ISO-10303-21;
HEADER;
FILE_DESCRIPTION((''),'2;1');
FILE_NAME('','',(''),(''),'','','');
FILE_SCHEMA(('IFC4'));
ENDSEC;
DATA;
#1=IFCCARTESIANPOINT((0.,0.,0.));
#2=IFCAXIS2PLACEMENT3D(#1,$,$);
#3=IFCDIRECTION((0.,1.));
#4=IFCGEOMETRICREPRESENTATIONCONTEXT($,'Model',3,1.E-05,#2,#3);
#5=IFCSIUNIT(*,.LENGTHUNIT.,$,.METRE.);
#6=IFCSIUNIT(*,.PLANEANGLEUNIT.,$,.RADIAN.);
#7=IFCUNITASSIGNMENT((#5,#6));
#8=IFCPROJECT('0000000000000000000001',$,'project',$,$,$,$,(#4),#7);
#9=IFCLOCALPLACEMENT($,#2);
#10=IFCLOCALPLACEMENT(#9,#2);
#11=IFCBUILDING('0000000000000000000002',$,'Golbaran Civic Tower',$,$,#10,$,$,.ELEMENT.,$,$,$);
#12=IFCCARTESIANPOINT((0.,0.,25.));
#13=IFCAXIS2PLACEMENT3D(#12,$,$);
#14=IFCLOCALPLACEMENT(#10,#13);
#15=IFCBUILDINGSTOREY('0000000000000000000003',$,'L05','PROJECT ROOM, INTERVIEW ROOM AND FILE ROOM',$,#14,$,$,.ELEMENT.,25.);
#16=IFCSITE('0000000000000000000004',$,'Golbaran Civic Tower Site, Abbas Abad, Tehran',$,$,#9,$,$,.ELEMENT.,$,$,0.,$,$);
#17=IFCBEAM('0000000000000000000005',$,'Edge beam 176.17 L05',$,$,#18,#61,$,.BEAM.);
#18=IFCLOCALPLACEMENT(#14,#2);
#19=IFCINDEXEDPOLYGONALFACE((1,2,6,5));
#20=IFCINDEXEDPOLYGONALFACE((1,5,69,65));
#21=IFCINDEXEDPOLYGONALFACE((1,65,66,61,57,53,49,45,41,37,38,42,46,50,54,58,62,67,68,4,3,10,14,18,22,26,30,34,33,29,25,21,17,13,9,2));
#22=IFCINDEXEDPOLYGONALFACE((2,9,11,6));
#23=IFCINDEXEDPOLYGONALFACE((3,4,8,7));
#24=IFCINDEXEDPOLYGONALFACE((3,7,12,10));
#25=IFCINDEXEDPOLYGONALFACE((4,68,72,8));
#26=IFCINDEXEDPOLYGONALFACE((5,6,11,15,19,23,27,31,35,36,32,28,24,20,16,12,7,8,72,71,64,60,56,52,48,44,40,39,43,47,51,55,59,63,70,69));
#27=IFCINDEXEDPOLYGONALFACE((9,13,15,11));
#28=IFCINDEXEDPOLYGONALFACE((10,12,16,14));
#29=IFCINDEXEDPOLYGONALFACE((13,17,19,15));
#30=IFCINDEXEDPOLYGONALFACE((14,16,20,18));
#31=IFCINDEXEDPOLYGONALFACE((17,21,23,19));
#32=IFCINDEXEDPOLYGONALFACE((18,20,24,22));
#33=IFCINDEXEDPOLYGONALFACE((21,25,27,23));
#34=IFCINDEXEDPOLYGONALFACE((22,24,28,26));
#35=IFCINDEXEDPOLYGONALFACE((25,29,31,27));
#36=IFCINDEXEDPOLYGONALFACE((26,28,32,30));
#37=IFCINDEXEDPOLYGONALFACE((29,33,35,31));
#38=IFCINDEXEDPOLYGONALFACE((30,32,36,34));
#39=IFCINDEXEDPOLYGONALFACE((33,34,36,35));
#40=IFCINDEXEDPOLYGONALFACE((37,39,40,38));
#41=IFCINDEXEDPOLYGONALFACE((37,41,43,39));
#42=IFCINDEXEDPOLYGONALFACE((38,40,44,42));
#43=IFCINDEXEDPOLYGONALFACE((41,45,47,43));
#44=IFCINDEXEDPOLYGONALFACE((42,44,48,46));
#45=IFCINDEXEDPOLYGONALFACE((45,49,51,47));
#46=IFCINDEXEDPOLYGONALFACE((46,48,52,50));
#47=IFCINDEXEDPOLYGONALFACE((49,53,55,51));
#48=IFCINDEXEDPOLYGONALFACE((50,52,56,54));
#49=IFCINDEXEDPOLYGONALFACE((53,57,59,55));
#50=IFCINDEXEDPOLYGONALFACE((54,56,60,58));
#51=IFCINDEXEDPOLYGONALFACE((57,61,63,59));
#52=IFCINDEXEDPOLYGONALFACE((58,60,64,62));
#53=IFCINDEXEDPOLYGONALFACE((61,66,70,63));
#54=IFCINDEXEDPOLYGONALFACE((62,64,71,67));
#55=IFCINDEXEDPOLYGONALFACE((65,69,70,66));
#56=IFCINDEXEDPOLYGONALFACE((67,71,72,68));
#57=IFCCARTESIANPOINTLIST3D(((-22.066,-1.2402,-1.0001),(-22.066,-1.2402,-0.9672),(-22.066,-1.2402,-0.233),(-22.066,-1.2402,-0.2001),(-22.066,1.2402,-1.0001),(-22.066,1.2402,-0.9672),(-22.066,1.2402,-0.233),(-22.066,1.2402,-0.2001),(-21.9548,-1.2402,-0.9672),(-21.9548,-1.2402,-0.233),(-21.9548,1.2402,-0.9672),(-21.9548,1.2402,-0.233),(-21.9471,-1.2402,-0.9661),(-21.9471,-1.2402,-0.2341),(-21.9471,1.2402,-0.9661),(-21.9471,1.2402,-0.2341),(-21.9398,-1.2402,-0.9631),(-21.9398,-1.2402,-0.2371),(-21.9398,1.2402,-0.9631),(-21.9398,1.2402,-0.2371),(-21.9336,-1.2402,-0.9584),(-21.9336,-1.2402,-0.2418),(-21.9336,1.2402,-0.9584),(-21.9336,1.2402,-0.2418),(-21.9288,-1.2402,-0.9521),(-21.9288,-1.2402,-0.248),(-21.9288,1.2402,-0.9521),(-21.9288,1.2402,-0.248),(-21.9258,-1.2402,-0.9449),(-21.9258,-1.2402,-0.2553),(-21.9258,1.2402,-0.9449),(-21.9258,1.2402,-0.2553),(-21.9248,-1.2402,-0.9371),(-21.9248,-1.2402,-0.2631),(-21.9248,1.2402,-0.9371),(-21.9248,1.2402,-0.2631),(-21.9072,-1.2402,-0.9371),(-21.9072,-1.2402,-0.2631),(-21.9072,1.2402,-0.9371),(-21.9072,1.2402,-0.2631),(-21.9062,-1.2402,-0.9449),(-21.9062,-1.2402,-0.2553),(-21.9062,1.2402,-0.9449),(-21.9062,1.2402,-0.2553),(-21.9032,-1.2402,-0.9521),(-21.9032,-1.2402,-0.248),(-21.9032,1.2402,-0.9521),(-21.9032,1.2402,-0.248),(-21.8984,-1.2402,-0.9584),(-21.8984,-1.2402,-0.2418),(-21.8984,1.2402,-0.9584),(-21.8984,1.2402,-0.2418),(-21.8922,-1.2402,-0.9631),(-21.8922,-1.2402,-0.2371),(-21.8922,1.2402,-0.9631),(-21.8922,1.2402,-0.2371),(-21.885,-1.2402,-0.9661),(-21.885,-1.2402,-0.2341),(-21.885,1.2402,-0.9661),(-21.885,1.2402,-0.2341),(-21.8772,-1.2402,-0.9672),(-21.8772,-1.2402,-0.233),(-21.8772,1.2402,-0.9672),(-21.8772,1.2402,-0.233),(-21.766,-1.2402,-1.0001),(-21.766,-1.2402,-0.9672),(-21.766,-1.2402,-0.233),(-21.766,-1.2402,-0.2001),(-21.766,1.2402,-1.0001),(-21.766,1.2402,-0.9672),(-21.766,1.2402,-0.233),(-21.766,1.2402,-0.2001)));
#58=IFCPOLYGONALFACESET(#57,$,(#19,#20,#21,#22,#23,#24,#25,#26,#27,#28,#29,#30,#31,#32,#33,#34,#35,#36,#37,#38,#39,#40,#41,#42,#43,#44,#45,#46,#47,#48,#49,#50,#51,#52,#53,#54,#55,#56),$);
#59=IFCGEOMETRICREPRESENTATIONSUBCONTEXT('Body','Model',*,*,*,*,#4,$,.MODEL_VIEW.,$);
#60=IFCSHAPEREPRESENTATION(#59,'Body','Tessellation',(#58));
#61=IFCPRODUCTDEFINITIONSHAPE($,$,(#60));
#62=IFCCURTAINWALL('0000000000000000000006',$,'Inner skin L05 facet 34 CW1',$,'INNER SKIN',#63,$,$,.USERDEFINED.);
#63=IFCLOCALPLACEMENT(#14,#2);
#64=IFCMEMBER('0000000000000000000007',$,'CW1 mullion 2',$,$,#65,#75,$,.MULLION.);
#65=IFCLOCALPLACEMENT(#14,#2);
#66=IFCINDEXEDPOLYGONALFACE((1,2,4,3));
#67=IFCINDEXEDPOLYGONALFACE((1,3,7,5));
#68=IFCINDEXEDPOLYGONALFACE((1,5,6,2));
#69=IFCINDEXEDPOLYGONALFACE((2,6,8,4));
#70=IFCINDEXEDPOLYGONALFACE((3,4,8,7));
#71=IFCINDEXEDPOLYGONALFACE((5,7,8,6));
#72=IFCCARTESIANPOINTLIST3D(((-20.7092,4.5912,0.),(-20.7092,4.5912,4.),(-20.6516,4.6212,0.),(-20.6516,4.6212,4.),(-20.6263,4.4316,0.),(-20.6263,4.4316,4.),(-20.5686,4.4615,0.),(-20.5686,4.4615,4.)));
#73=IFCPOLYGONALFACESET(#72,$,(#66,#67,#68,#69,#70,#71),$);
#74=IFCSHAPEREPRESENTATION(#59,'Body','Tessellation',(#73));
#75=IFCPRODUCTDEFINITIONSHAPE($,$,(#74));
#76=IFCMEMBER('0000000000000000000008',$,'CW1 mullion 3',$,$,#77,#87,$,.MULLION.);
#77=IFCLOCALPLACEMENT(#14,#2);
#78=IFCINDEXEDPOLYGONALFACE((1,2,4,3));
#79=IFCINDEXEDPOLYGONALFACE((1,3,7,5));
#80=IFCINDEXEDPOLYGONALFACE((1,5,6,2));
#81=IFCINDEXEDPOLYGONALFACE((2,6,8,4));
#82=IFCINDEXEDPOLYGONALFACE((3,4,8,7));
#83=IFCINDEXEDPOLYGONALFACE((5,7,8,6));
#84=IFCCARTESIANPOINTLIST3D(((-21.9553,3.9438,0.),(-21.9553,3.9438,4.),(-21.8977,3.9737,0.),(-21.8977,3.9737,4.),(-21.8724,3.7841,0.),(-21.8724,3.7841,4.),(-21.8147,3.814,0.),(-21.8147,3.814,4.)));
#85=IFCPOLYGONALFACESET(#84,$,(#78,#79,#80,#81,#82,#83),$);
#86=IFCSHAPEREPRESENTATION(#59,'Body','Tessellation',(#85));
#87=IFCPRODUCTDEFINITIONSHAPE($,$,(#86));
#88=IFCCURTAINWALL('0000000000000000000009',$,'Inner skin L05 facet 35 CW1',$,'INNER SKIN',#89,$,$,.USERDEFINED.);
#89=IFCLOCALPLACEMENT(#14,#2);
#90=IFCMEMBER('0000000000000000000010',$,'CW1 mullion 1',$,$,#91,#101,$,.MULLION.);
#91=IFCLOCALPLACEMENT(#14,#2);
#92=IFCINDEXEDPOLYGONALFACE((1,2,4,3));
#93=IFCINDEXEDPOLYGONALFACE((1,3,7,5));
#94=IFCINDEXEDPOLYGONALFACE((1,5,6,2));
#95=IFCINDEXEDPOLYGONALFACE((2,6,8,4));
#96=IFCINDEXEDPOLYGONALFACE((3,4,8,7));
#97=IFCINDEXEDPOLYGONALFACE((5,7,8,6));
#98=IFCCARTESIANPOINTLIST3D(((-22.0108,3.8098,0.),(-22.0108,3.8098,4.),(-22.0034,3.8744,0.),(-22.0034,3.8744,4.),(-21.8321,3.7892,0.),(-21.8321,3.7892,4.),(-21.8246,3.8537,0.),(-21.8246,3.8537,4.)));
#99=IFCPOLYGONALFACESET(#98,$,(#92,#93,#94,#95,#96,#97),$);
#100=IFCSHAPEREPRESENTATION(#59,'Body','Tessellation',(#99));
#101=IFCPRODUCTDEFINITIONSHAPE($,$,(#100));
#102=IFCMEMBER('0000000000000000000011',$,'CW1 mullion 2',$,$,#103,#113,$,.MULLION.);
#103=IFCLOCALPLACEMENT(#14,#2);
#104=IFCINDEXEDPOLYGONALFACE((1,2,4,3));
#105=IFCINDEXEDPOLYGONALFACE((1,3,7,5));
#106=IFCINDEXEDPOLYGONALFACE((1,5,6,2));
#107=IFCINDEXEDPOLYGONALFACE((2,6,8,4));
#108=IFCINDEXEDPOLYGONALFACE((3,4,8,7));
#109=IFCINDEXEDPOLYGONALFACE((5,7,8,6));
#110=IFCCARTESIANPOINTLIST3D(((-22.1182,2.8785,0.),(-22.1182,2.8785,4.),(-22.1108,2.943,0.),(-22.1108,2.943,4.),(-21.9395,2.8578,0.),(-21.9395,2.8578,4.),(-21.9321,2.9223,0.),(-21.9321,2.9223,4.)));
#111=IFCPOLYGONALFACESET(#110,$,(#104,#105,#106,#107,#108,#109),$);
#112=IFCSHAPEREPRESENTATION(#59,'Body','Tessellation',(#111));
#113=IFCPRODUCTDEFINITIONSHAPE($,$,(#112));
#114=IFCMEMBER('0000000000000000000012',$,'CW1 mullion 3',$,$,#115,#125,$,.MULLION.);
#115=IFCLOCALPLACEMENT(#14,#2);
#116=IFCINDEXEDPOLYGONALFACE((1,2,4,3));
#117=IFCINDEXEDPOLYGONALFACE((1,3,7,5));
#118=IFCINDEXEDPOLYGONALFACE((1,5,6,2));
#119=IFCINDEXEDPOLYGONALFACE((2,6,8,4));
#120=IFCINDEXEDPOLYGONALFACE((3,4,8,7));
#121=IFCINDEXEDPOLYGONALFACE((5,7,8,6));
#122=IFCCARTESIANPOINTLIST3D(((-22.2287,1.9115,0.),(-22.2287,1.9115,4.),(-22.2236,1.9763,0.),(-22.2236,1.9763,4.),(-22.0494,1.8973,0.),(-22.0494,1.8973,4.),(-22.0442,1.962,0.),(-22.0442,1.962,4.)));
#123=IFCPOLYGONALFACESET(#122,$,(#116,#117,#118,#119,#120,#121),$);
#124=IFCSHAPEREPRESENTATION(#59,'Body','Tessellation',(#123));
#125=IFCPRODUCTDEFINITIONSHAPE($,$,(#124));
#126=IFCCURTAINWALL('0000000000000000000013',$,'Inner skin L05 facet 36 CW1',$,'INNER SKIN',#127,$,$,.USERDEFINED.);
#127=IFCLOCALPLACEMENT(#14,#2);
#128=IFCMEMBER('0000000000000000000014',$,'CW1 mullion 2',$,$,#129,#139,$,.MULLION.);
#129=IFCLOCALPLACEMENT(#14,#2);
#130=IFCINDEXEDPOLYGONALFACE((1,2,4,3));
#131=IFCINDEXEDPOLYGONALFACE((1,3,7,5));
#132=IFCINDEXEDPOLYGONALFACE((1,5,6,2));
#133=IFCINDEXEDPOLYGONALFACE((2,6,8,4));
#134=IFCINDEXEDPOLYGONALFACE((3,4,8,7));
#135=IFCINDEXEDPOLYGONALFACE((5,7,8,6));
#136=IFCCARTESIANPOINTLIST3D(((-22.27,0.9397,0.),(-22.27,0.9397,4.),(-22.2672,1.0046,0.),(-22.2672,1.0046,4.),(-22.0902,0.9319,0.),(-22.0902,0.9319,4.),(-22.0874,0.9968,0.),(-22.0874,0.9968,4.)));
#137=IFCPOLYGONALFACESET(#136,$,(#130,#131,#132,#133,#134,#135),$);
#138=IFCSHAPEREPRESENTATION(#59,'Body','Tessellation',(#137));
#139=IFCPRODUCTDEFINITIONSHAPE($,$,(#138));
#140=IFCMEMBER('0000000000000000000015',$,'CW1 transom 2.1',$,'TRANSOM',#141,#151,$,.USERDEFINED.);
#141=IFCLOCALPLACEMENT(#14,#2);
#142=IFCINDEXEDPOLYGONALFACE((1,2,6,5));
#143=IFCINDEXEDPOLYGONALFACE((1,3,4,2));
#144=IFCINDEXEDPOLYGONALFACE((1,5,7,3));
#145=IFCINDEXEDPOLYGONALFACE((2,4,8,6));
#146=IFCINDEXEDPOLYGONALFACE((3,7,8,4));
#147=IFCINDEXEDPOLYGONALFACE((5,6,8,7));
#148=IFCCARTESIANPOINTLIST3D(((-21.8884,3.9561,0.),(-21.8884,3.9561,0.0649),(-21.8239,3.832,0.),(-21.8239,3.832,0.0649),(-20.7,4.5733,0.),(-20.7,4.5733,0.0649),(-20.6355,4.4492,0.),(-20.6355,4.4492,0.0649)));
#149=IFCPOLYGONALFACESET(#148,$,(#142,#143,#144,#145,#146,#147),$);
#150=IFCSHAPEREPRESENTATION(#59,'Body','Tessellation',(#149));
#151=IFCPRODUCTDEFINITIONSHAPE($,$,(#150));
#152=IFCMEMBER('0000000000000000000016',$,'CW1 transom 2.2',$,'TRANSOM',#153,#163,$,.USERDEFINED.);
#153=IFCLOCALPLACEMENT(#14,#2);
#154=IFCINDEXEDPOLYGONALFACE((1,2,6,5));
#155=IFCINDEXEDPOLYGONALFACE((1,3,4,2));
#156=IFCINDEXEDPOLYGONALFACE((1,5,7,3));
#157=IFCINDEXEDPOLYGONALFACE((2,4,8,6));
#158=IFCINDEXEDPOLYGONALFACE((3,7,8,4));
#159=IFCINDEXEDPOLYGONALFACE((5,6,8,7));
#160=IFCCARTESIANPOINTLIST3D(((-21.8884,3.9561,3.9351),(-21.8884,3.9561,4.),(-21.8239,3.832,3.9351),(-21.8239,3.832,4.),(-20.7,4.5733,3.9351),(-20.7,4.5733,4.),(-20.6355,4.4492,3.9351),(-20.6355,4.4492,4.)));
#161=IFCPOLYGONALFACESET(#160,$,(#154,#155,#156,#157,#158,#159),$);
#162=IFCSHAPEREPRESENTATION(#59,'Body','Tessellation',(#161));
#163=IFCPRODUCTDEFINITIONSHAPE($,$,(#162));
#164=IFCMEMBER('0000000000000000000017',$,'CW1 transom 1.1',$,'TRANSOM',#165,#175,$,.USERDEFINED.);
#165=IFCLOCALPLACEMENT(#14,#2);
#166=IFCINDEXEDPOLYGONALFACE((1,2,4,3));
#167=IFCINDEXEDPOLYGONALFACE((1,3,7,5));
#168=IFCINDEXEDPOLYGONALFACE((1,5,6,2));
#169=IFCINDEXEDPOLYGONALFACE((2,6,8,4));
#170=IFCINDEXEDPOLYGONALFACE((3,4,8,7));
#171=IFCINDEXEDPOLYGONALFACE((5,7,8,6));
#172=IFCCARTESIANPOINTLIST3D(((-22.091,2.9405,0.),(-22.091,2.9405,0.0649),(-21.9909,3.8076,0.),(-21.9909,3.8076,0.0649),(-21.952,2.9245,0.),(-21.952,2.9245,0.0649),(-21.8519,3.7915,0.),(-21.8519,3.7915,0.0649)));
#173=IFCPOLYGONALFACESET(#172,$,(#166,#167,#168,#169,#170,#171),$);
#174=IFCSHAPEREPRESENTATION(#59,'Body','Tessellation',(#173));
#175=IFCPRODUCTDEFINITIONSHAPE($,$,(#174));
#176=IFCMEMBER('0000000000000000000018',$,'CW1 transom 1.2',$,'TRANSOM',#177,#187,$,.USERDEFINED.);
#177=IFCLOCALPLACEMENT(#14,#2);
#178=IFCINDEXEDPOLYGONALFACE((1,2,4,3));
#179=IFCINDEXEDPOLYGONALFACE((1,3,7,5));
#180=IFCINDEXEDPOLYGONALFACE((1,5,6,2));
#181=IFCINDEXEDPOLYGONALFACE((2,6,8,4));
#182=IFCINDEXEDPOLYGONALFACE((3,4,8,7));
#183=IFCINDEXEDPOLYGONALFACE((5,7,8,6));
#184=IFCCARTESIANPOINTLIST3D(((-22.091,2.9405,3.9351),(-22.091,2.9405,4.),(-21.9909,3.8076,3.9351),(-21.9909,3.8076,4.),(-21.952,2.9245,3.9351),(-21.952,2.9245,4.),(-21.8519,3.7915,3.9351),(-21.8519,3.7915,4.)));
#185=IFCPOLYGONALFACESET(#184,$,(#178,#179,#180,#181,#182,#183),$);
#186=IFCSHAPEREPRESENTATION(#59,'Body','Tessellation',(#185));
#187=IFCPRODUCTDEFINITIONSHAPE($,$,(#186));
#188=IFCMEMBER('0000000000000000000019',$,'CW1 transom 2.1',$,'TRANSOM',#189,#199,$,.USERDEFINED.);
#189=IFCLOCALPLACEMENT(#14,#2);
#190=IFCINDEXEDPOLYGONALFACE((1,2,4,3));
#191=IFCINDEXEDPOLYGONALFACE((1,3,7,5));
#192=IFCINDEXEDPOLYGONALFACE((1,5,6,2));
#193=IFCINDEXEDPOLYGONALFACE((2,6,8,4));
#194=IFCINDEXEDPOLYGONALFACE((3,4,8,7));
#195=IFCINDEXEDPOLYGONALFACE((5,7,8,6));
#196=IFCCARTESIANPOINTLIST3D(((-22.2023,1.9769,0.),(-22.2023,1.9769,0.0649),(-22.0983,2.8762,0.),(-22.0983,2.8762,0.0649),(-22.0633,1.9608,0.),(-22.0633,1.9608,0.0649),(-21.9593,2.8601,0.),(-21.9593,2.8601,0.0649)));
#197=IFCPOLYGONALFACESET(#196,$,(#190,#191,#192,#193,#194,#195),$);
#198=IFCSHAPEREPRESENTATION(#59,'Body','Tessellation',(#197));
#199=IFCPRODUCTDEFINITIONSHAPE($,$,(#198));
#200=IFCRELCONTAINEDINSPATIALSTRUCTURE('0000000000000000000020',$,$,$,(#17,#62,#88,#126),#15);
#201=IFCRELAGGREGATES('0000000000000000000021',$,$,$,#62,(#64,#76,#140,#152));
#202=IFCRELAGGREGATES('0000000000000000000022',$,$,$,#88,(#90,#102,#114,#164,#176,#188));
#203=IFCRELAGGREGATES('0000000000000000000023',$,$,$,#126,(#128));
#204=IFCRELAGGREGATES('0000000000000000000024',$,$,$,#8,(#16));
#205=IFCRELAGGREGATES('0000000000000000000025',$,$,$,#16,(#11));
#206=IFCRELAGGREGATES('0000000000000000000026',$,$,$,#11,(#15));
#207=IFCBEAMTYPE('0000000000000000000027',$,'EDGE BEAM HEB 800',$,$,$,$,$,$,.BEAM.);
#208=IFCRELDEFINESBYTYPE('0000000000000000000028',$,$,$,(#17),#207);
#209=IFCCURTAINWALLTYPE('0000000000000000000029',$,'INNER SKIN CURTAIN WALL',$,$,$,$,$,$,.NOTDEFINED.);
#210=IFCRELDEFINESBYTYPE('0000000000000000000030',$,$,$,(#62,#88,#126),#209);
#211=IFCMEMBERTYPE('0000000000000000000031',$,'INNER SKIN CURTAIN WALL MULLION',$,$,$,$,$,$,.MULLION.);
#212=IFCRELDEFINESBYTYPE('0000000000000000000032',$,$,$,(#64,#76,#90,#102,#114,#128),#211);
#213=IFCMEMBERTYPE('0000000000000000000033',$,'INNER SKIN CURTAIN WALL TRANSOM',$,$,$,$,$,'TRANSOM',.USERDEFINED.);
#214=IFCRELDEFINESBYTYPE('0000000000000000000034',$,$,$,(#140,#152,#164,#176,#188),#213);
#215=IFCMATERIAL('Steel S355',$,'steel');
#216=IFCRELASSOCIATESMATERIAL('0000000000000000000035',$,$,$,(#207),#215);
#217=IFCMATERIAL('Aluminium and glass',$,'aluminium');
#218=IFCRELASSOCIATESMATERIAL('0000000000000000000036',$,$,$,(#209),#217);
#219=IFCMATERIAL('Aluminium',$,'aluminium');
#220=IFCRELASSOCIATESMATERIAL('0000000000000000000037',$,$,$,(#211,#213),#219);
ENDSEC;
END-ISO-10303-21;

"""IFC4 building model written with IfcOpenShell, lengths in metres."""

from ifc_helpers import new_model, si_unit, direction, frame, origin, origin_2d, place, context, subcontext, project, spatial, rectangle, i_section, extrude, material, material_profile, profile_set, type_object, element, aggregate, save


model = new_model("IFC4")

# Units and contexts
model_context = context("Model", 3, precision=1e-05, world=origin(), true_north=direction((0.0, 1.0)))
body_context = subcontext(model_context, "Body", "Model", "MODEL_VIEW")
ifc_project = project(units=[si_unit("LENGTHUNIT", "METRE"), si_unit("PLANEANGLEUNIT", "RADIAN")], contexts=[model_context])

# Site, building, storey
site_placement = place(None, origin())
site = spatial("IfcSite", under=ifc_project, at=site_placement, Name="Golbaran Civic Tower Site, Abbas Abad, Tehran", CompositionType="ELEMENT", RefElevation=0.0)
building_placement = place(site_placement, origin())
building = spatial("IfcBuilding", under=site, at=building_placement, Name="Golbaran Civic Tower", CompositionType="ELEMENT")
storey_placement = place(building_placement, frame((0.0, 0.0, 25.0)))
storey = spatial("IfcBuildingStorey", under=building, at=storey_placement, Name="L05", Description="PROJECT ROOM, INTERVIEW ROOM AND FILE ROOM", CompositionType="ELEMENT", Elevation=25.0)

# Beam
ifc_material_1 = material(Name="Steel S355", Category="steel")
ifc_material_profile_1 = material_profile(ifc_material_1, i_section(OverallWidth=0.3, OverallDepth=0.8, WebThickness=0.0176, FlangeThickness=0.033, FilletRadius=0.03, at=origin_2d()), Name="HEB 800")
ifc_profile_set_1 = profile_set([ifc_material_profile_1], Name="Steel S355")
beam_type = type_object("IfcBeamType", Name="EDGE BEAM HEB 800", PredefinedType="BEAM", material=ifc_profile_set_1)
beam_placement = place(storey_placement, frame((-21.916, 1.2402, -0.6001), z_axis=(0.0, -1.0, 0.0), x_axis=(1.0, 0.0, 0.0)))
element("IfcBeam", 1, at=beam_placement, inside=storey, type_object=beam_type, Name="Edge beam 176.17 L05", PredefinedType="BEAM", context=body_context, shape_type="SweptSolid", body=[
    extrude(i_section(OverallWidth=0.3, OverallDepth=0.8, WebThickness=0.0176, FlangeThickness=0.033, FilletRadius=0.03, at=origin_2d()), origin(), (0.0, 0.0, 1.0), 2.4805),
])

# Curtain walls, members
ifc_material_2 = material(Name="Aluminium and glass", Category="aluminium")
curtain_wall_type = type_object("IfcCurtainWallType", Name="INNER SKIN CURTAIN WALL", PredefinedType="NOTDEFINED", material=ifc_material_2)
curtain_wall_1_placement = place(storey_placement, origin())
curtain_wall_1 = element("IfcCurtainWall", 2, at=curtain_wall_1_placement, inside=storey, type_object=curtain_wall_type, Name="Inner skin L05 facet 34 CW1", ObjectType="INNER SKIN", PredefinedType="USERDEFINED")
ifc_material_3 = material(Name="Aluminium", Category="aluminium")
ifc_material_profile_2 = material_profile(ifc_material_3, rectangle(XDim=0.1799, YDim=0.0649, at=origin_2d()), Name="INNER SKIN CURTAIN WALL MULLION")
ifc_profile_set_2 = profile_set([ifc_material_profile_2], Name="Aluminium")
member_type_1 = type_object("IfcMemberType", Name="INNER SKIN CURTAIN WALL MULLION", PredefinedType="MULLION", material=ifc_profile_set_2)
member_1_placement = place(storey_placement, frame((-20.6389, 4.5264, 0.0), z_axis=(0.0, 0.0, 1.0), x_axis=(0.460945, -0.887429, 0.0)))
member_1 = element("IfcMember", 3, at=member_1_placement, type_object=member_type_1, Name="CW1 mullion 2", PredefinedType="MULLION", context=body_context, shape_type="SweptSolid", body=[
    extrude(rectangle(XDim=0.1799, YDim=0.0649, at=origin_2d()), origin(), (0.0, 0.0, 1.0), 4.0),
])
member_2_placement = place(storey_placement, frame((-21.885, 3.8789, 0.0), z_axis=(0.0, 0.0, 1.0), x_axis=(0.460945, -0.887429, 0.0)))
member_2 = element("IfcMember", 4, at=member_2_placement, type_object=member_type_1, Name="CW1 mullion 3", PredefinedType="MULLION", context=body_context, shape_type="SweptSolid", body=[
    extrude(rectangle(XDim=0.1799, YDim=0.0649, at=origin_2d()), origin(), (0.0, 0.0, 1.0), 4.0),
])
curtain_wall_2_placement = place(storey_placement, origin())
curtain_wall_2 = element("IfcCurtainWall", 5, at=curtain_wall_2_placement, inside=storey, type_object=curtain_wall_type, Name="Inner skin L05 facet 35 CW1", ObjectType="INNER SKIN", PredefinedType="USERDEFINED")
member_3_placement = place(storey_placement, frame((-21.9177, 3.8318, 0.0), z_axis=(0.0, 0.0, 1.0), x_axis=(0.993402, -0.114683, 0.0)))
member_3 = element("IfcMember", 6, at=member_3_placement, type_object=member_type_1, Name="CW1 mullion 1", PredefinedType="MULLION", context=body_context, shape_type="SweptSolid", body=[
    extrude(rectangle(XDim=0.1799, YDim=0.0649, at=origin_2d()), origin(), (0.0, 0.0, 1.0), 4.0),
])
member_4_placement = place(storey_placement, frame((-22.0251, 2.9004, 0.0), z_axis=(0.0, 0.0, 1.0), x_axis=(0.993402, -0.114683, 0.0)))
member_4 = element("IfcMember", 7, at=member_4_placement, type_object=member_type_1, Name="CW1 mullion 2", PredefinedType="MULLION", context=body_context, shape_type="SweptSolid", body=[
    extrude(rectangle(XDim=0.1799, YDim=0.0649, at=origin_2d()), origin(), (0.0, 0.0, 1.0), 4.0),
])
member_5_placement = place(storey_placement, frame((-22.1365, 1.9368, 0.0), z_axis=(0.0, 0.0, 1.0), x_axis=(0.996859, -0.079202, 0.0)))
member_5 = element("IfcMember", 8, at=member_5_placement, type_object=member_type_1, Name="CW1 mullion 3", PredefinedType="MULLION", context=body_context, shape_type="SweptSolid", body=[
    extrude(rectangle(XDim=0.1799, YDim=0.0649, at=origin_2d()), origin(), (0.0, 0.0, 1.0), 4.0),
])

# Curtain wall, member
curtain_wall_3_placement = place(storey_placement, origin())
curtain_wall_3 = element("IfcCurtainWall", 9, at=curtain_wall_3_placement, inside=storey, type_object=curtain_wall_type, Name="Inner skin L05 facet 36 CW1", ObjectType="INNER SKIN", PredefinedType="USERDEFINED")
member_6_placement = place(storey_placement, frame((-22.1787, 0.9683, 0.0), z_axis=(0.0, 0.0, 1.0), x_axis=(0.999048, -0.043619, 0.0)))
member_6 = element("IfcMember", 10, at=member_6_placement, type_object=member_type_1, Name="CW1 mullion 2", PredefinedType="MULLION", context=body_context, shape_type="SweptSolid", body=[
    extrude(rectangle(XDim=0.1799, YDim=0.0649, at=origin_2d()), origin(), (0.0, 0.0, 1.0), 4.0),
])

# Members
ifc_material_profile_3 = material_profile(ifc_material_3, rectangle(XDim=0.1399, YDim=0.0649, at=origin_2d()), Name="INNER SKIN CURTAIN WALL TRANSOM")
ifc_profile_set_3 = profile_set([ifc_material_profile_3], Name="Aluminium")
member_type_2 = type_object("IfcMemberType", Name="INNER SKIN CURTAIN WALL TRANSOM", ElementType="TRANSOM", PredefinedType="USERDEFINED", material=ifc_profile_set_3)
member_7_placement = place(storey_placement, frame((-20.6677, 4.5112, 0.0325), z_axis=(-0.887467, -0.46087, 0.0), x_axis=(0.46087, -0.887467, 0.0)))
member_7 = element("IfcMember", 11, at=member_7_placement, type_object=member_type_2, Name="CW1 transom 2.1", ObjectType="TRANSOM", PredefinedType="USERDEFINED", context=body_context, shape_type="SweptSolid", body=[
    extrude(rectangle(XDim=0.1399, YDim=0.0649, at=origin_2d()), origin(), (0.0, 0.0, 1.0), 1.3391),
])
member_8_placement = place(storey_placement, frame((-20.6677, 4.5112, 3.9675), z_axis=(-0.887467, -0.46087, 0.0), x_axis=(0.46087, -0.887467, 0.0)))
member_8 = element("IfcMember", 12, at=member_8_placement, type_object=member_type_2, Name="CW1 transom 2.2", ObjectType="TRANSOM", PredefinedType="USERDEFINED", context=body_context, shape_type="SweptSolid", body=[
    extrude(rectangle(XDim=0.1399, YDim=0.0649, at=origin_2d()), origin(), (0.0, 0.0, 1.0), 1.3391),
])
member_9_placement = place(storey_placement, frame((-21.9214, 3.7996, 0.0325), z_axis=(-0.114698, -0.9934, 0.0), x_axis=(0.9934, -0.114698, 0.0)))
member_9 = element("IfcMember", 13, at=member_9_placement, type_object=member_type_2, Name="CW1 transom 1.1", ObjectType="TRANSOM", PredefinedType="USERDEFINED", context=body_context, shape_type="SweptSolid", body=[
    extrude(rectangle(XDim=0.1399, YDim=0.0649, at=origin_2d()), origin(), (0.0, 0.0, 1.0), 0.8728),
])
member_10_placement = place(storey_placement, frame((-21.9214, 3.7996, 3.9675), z_axis=(-0.114698, -0.9934, 0.0), x_axis=(0.9934, -0.114698, 0.0)))
member_10 = element("IfcMember", 14, at=member_10_placement, type_object=member_type_2, Name="CW1 transom 1.2", ObjectType="TRANSOM", PredefinedType="USERDEFINED", context=body_context, shape_type="SweptSolid", body=[
    extrude(rectangle(XDim=0.1399, YDim=0.0649, at=origin_2d()), origin(), (0.0, 0.0, 1.0), 0.8728),
])
member_11_placement = place(storey_placement, frame((-22.0288, 2.8682, 0.0325), z_axis=(-0.114901, -0.993377, 0.0), x_axis=(0.993377, -0.114901, 0.0)))
member_11 = element("IfcMember", 15, at=member_11_placement, type_object=member_type_2, Name="CW1 transom 2.1", ObjectType="TRANSOM", PredefinedType="USERDEFINED", context=body_context, shape_type="SweptSolid", body=[
    extrude(rectangle(XDim=0.1399, YDim=0.0649, at=origin_2d()), origin(), (0.0, 0.0, 1.0), 0.9053),
])

aggregate(curtain_wall_1, [member_1, member_2, member_7, member_8])
aggregate(curtain_wall_2, [member_3, member_4, member_5, member_9, member_10, member_11])
aggregate(curtain_wall_3, [member_6])

save(model, "model.ifc")
